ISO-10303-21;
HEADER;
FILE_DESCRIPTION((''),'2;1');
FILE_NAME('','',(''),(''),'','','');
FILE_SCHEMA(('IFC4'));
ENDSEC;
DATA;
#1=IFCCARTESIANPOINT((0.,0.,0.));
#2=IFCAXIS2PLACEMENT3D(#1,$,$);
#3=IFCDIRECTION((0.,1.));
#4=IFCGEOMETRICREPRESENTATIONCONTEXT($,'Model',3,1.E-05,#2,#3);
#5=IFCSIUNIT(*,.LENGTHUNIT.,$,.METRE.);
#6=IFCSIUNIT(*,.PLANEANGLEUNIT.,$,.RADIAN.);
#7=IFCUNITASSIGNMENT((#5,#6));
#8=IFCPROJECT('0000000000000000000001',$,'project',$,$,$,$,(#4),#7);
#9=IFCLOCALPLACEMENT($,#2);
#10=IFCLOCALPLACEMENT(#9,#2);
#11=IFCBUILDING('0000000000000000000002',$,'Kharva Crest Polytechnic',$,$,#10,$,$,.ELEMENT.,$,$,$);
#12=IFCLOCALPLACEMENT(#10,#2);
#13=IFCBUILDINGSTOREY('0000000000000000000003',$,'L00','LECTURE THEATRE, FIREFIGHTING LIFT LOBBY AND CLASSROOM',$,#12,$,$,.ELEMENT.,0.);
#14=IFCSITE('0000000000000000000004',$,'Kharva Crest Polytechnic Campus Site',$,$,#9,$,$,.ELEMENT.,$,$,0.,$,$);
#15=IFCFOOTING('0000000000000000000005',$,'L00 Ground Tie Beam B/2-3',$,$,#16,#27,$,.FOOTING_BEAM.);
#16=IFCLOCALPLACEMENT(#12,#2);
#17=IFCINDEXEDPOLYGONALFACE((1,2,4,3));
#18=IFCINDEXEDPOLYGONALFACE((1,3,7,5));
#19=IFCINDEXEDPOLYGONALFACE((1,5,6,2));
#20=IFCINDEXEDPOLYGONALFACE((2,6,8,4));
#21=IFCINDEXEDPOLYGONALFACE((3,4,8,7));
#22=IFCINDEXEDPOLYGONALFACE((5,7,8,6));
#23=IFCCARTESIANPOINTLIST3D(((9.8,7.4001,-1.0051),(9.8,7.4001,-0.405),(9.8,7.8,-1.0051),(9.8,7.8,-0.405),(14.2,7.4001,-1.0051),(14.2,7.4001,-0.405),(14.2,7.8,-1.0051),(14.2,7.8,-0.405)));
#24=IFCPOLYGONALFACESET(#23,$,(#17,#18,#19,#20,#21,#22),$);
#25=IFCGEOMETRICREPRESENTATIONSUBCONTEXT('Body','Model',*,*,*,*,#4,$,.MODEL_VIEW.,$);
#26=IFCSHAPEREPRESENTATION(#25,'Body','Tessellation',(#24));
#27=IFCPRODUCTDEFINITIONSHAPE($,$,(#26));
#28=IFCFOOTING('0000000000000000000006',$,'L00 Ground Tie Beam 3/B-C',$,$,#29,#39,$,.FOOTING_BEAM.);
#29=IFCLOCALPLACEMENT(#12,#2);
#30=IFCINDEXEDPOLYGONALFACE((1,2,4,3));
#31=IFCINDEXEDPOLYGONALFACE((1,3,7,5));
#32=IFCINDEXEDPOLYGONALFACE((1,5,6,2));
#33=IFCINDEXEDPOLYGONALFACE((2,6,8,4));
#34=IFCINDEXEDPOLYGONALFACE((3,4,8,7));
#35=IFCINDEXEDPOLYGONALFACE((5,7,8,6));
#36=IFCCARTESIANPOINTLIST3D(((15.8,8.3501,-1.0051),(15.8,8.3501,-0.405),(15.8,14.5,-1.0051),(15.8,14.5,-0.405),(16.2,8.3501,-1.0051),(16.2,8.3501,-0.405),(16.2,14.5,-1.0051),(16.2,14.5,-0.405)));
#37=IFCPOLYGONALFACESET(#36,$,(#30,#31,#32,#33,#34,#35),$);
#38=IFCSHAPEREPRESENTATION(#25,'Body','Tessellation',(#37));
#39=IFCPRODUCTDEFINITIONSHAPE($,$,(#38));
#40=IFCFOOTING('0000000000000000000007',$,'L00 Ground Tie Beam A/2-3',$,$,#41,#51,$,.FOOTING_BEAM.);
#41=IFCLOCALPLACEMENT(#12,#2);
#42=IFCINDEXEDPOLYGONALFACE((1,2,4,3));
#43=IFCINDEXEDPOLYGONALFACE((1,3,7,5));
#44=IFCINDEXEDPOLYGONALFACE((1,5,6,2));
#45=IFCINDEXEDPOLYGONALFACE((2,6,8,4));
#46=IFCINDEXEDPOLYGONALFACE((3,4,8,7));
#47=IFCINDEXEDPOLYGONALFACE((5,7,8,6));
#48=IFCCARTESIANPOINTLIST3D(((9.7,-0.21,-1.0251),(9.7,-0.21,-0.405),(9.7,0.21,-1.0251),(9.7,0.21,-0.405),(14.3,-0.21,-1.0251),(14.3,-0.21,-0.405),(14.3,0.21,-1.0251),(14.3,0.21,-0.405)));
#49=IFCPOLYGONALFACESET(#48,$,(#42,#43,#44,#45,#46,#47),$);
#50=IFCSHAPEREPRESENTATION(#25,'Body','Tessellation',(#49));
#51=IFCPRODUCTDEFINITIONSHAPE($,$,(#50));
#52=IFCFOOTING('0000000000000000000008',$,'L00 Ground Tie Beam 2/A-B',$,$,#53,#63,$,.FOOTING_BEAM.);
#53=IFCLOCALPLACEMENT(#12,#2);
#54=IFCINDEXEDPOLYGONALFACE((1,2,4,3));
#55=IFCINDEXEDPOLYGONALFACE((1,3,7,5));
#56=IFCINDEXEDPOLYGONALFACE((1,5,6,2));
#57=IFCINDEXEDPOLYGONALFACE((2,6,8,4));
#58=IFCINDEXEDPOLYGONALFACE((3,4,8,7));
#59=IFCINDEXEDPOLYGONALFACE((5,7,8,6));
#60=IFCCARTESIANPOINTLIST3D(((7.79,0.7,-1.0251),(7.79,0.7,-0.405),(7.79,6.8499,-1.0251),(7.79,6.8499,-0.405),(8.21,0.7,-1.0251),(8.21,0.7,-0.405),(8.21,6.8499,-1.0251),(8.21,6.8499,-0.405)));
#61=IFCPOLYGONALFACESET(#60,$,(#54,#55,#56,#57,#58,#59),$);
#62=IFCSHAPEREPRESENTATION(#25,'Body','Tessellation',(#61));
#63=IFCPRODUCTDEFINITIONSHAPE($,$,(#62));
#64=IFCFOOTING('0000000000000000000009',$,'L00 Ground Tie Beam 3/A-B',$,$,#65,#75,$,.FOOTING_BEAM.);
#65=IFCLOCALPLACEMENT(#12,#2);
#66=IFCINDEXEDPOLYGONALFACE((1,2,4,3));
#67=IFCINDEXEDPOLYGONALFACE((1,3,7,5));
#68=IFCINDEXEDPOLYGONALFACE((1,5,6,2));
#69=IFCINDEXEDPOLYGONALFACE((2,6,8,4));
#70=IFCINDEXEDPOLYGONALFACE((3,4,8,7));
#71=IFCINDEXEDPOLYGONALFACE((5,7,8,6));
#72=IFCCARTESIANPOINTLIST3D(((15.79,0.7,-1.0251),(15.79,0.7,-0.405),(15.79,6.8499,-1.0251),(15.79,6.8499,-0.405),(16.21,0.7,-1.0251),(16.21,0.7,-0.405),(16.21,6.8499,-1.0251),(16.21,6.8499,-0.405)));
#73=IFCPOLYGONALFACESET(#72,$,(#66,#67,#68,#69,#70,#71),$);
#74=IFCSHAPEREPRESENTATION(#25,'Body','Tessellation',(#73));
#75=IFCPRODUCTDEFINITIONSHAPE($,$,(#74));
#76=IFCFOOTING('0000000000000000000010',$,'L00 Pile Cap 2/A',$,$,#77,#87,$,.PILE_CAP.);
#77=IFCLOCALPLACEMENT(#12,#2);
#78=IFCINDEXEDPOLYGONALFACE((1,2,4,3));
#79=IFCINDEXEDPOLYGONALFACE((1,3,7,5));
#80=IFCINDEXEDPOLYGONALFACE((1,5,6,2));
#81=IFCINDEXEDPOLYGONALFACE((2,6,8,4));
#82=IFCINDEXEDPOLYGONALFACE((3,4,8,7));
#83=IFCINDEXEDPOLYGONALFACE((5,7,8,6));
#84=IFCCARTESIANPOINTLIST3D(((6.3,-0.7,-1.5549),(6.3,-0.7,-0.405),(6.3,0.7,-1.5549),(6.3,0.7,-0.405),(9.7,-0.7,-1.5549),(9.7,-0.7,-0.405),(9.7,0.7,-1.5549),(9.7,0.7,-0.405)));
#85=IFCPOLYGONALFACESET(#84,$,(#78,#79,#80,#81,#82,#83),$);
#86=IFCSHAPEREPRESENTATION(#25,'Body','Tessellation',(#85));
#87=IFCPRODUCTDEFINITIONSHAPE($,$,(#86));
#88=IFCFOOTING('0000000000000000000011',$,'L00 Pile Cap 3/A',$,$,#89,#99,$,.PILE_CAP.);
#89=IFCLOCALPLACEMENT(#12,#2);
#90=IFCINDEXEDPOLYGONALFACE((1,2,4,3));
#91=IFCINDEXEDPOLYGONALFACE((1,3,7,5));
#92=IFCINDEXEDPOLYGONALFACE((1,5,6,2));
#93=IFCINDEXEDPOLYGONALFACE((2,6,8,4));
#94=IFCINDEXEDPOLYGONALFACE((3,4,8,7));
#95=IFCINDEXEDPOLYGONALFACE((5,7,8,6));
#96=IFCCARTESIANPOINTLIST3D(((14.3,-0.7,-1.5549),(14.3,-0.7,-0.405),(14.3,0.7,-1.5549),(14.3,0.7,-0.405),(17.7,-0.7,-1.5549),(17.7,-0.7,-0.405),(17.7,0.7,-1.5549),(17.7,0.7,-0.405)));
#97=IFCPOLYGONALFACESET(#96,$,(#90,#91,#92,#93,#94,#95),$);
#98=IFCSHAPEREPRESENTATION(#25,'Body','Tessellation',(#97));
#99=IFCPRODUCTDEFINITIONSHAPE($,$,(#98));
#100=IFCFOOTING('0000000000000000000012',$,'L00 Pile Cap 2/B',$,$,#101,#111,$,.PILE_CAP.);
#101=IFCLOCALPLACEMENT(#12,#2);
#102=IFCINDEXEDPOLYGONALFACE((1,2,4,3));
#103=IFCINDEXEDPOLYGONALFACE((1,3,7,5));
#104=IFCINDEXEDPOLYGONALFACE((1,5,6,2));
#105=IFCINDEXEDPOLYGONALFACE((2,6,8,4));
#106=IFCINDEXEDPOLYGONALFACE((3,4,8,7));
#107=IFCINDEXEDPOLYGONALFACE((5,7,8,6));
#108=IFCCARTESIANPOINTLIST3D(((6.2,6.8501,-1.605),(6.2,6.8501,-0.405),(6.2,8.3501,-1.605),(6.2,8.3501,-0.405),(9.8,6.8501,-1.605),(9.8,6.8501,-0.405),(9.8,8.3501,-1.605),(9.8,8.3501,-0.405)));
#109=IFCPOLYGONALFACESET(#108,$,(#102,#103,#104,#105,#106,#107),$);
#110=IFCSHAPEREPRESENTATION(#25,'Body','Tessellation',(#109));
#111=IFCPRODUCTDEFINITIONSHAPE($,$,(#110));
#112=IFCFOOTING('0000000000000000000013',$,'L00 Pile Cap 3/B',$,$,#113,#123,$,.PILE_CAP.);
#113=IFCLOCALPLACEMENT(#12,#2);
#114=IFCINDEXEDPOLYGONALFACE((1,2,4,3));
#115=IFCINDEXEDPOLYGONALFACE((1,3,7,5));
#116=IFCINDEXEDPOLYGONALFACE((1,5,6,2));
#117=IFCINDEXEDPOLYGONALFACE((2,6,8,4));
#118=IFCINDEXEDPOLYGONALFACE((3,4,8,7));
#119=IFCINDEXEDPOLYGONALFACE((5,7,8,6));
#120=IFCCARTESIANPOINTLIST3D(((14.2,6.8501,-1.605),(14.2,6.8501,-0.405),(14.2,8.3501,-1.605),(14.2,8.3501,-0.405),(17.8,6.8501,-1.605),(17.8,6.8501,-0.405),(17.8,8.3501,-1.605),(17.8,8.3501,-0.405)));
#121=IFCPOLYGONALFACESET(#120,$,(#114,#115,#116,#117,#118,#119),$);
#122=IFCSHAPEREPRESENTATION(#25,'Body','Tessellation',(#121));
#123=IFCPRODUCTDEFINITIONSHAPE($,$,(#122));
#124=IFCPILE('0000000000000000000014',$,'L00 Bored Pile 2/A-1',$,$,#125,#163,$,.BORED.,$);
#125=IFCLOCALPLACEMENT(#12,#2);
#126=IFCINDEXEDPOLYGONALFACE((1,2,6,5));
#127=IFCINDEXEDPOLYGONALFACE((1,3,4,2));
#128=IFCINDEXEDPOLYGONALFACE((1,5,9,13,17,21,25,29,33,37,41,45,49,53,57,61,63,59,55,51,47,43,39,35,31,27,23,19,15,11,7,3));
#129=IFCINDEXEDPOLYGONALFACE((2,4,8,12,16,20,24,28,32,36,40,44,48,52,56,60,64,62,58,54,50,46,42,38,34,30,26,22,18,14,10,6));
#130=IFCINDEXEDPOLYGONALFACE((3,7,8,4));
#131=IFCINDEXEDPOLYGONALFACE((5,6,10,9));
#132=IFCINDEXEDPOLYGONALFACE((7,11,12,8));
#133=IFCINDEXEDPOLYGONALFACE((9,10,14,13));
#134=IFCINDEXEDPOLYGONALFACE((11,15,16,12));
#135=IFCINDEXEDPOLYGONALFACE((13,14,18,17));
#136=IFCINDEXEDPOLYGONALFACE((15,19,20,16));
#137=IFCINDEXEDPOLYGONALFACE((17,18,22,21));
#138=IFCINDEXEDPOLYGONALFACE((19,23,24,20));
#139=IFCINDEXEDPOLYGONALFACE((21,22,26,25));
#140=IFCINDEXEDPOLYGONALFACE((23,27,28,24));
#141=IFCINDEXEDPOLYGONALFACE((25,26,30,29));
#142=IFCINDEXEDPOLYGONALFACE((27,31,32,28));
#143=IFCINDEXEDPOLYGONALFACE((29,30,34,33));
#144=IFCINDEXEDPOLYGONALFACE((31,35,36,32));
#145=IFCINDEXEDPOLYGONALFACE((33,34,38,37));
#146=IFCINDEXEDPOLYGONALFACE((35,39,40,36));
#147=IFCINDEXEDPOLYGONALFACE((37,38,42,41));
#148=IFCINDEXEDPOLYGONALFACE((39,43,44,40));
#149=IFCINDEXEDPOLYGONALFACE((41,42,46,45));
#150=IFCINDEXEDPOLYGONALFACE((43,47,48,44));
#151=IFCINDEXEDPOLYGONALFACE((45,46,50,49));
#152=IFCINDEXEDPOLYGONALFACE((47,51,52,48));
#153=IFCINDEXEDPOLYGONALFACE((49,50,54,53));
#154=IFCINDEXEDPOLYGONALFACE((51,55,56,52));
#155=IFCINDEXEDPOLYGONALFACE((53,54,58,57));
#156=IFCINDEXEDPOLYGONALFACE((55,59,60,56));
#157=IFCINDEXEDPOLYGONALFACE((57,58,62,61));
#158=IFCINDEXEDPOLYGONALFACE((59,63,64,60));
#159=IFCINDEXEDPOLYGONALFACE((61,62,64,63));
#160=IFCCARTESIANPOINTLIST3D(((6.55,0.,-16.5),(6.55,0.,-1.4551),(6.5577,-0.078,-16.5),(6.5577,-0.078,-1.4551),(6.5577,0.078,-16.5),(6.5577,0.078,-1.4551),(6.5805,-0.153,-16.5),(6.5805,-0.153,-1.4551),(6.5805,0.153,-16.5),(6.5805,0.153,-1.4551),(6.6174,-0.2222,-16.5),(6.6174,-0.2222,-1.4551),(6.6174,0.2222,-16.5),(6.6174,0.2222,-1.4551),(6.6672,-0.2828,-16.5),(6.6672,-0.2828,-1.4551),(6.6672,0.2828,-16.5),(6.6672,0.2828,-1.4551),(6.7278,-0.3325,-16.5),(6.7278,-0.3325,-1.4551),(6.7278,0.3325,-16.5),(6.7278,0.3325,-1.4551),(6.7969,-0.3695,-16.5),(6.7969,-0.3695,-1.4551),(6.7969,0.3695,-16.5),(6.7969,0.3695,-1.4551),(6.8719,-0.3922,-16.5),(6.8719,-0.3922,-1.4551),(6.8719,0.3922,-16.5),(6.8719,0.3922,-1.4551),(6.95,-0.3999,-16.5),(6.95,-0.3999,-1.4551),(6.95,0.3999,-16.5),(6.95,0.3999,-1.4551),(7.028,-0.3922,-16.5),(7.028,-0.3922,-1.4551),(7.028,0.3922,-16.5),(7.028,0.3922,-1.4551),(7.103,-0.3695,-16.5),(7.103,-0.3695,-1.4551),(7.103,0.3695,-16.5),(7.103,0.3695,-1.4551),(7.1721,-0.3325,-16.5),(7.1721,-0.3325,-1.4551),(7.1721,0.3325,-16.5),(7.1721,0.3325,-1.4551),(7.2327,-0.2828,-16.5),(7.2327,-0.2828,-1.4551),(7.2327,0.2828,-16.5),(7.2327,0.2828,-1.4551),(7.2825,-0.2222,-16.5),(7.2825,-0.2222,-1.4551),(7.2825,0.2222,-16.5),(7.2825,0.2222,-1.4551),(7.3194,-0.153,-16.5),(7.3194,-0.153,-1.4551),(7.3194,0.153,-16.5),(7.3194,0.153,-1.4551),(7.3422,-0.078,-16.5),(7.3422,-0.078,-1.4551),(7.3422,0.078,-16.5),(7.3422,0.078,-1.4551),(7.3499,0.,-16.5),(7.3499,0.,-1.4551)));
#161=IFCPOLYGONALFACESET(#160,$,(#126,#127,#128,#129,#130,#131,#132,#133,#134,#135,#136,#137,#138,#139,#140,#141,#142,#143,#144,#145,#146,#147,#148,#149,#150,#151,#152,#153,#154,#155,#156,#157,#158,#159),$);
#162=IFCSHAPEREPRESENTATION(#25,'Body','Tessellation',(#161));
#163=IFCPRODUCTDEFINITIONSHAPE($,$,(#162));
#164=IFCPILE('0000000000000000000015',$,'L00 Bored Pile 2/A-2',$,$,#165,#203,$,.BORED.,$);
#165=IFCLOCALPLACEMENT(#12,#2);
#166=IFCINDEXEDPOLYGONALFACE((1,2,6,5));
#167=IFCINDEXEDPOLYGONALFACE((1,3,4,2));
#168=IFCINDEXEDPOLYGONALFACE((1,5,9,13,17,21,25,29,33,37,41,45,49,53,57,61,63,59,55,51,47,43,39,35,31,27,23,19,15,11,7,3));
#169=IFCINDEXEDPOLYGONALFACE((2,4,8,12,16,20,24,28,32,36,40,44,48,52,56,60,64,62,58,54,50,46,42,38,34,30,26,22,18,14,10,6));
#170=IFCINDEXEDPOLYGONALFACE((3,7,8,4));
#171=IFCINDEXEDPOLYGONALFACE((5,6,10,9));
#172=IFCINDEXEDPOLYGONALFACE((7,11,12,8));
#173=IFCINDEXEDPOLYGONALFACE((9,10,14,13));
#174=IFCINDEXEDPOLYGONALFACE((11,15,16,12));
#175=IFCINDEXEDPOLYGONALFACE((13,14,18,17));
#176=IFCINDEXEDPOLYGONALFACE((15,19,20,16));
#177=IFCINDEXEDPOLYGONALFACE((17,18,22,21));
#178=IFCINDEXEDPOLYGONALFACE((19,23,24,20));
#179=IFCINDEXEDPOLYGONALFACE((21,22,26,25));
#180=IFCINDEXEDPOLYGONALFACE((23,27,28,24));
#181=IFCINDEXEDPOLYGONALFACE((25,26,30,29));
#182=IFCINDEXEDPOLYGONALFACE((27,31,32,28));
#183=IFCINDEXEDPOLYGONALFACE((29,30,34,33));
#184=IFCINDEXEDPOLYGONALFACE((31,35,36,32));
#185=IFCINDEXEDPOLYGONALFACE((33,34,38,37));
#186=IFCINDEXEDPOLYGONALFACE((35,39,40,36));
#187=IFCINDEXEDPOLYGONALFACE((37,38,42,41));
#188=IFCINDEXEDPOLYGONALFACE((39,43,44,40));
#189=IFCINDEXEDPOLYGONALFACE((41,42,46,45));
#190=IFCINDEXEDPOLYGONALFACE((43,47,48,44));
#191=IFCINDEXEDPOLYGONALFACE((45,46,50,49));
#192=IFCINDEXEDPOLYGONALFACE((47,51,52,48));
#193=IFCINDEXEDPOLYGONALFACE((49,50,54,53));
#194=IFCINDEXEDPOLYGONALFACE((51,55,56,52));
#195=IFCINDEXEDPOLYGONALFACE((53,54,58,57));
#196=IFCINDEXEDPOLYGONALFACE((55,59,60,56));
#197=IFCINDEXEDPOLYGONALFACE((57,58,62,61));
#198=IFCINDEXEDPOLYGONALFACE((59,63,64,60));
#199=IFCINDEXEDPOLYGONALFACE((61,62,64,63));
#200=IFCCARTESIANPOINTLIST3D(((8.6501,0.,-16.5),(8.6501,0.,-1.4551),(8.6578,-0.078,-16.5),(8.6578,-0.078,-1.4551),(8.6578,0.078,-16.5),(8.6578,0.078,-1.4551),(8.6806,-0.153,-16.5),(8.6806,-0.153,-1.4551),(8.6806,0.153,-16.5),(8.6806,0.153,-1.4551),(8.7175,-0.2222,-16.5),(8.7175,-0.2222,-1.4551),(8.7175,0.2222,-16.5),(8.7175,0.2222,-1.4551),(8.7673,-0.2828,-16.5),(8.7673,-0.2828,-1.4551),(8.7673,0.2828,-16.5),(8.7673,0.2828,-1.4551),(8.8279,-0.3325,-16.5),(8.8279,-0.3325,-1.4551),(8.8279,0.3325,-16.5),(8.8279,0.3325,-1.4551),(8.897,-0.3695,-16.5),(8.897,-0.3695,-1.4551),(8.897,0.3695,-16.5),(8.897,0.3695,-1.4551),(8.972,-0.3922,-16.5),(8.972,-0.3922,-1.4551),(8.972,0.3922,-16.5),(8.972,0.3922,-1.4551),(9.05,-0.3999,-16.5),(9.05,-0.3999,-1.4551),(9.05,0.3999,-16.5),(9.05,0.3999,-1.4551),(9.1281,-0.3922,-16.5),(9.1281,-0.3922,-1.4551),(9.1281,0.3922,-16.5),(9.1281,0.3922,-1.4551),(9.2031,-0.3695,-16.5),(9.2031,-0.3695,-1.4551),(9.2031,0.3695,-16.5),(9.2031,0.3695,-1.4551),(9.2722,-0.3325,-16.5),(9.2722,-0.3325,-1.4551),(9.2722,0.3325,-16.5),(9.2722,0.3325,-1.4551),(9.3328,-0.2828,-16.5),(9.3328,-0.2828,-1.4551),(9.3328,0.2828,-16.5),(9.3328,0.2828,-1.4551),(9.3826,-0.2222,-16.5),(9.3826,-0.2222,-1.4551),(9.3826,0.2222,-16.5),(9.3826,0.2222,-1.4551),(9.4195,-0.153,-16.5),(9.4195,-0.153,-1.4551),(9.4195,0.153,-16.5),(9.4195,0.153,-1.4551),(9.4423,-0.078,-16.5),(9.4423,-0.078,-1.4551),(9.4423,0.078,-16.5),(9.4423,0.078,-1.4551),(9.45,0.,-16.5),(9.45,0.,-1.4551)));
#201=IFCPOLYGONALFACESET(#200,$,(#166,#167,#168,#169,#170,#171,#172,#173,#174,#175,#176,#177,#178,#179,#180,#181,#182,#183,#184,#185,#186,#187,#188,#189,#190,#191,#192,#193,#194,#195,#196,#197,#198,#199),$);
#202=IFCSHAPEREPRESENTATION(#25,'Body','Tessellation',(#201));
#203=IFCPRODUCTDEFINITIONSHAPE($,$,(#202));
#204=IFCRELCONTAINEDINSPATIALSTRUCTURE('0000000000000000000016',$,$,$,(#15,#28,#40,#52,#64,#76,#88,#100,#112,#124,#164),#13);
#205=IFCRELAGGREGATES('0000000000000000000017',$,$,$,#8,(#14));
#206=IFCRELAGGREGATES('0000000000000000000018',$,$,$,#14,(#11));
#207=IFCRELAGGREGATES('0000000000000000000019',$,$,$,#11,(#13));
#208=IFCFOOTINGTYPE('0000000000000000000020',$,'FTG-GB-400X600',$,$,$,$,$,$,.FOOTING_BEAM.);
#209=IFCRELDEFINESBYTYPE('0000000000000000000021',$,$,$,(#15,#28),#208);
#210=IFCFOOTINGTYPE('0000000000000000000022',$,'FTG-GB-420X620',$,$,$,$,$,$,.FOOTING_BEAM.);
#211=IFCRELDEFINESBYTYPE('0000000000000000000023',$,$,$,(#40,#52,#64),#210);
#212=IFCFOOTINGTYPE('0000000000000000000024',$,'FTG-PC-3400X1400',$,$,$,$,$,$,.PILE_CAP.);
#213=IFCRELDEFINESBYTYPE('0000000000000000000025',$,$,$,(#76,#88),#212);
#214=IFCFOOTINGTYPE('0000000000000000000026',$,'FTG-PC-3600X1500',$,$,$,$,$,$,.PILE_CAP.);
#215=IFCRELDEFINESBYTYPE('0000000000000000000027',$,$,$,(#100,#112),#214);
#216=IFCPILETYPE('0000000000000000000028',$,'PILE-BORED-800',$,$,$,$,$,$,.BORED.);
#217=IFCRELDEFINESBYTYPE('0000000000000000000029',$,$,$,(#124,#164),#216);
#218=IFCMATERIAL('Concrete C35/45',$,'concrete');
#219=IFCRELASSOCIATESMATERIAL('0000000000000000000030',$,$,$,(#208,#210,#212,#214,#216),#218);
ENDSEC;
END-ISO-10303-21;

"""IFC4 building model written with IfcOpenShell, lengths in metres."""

from ifc_helpers import new_model, si_unit, direction, frame, origin, origin_2d, place, context, subcontext, project, spatial, rectangle, circle, extrude, material, material_profile, profile_set, type_object, element, save


model = new_model("IFC4")

# Units and contexts
model_context = context("Model", 3, precision=1e-05, world=origin(), true_north=direction((0.0, 1.0)))
body_context = subcontext(model_context, "Body", "Model", "MODEL_VIEW")
ifc_project = project(units=[si_unit("LENGTHUNIT", "METRE"), si_unit("PLANEANGLEUNIT", "RADIAN")], contexts=[model_context])

# Site, building, storey
site_placement = place(None, origin())
site = spatial("IfcSite", under=ifc_project, at=site_placement, Name="Kharva Crest Polytechnic Campus Site", CompositionType="ELEMENT", RefElevation=0.0)
building_placement = place(site_placement, origin())
building = spatial("IfcBuilding", under=site, at=building_placement, Name="Kharva Crest Polytechnic", CompositionType="ELEMENT")
storey_placement = place(building_placement, origin())
storey = spatial("IfcBuildingStorey", under=building, at=storey_placement, Name="L00", Description="LECTURE THEATRE, FIREFIGHTING LIFT LOBBY AND CLASSROOM", CompositionType="ELEMENT", Elevation=0.0)

# Footings
ifc_material_1 = material(Name="Concrete C35/45", Category="concrete")
footing_type_1 = type_object("IfcFootingType", Name="FTG-GB-400X600", PredefinedType="FOOTING_BEAM", material=ifc_material_1)
footing_1_placement = place(storey_placement, frame((12.0, 7.6001, -1.0051), z_axis=(0.0, 0.0, 1.0), x_axis=(1.0, 0.0, 0.0)))
element("IfcFooting", 1, at=footing_1_placement, inside=storey, type_object=footing_type_1, Name="L00 Ground Tie Beam B/2-3", PredefinedType="FOOTING_BEAM", context=body_context, shape_type="SweptSolid", body=[
    extrude(rectangle(XDim=4.3999, YDim=0.3999, at=origin_2d()), origin(), (0.0, 0.0, 1.0), 0.6001),
])
footing_2_placement = place(storey_placement, frame((16.0, 11.425, -1.0051), z_axis=(0.0, 0.0, 1.0), x_axis=(0.0, 1.0, 0.0)))
element("IfcFooting", 2, at=footing_2_placement, inside=storey, type_object=footing_type_1, Name="L00 Ground Tie Beam 3/B-C", PredefinedType="FOOTING_BEAM", context=body_context, shape_type="SweptSolid", body=[
    extrude(rectangle(XDim=6.1499, YDim=0.3999, at=origin_2d()), origin(), (0.0, 0.0, 1.0), 0.6001),
])
footing_type_2 = type_object("IfcFootingType", Name="FTG-GB-420X620", PredefinedType="FOOTING_BEAM", material=ifc_material_1)
footing_3_placement = place(storey_placement, frame((12.0, 0.0, -1.0251), z_axis=(0.0, 0.0, 1.0), x_axis=(1.0, 0.0, 0.0)))
element("IfcFooting", 3, at=footing_3_placement, inside=storey, type_object=footing_type_2, Name="L00 Ground Tie Beam A/2-3", PredefinedType="FOOTING_BEAM", context=body_context, shape_type="SweptSolid", body=[
    extrude(rectangle(XDim=4.6001, YDim=0.4199, at=origin_2d()), origin(), (0.0, 0.0, 1.0), 0.6201),
])
for number, where, z_axis, x_axis, name in (
    (4, (8.0, 3.7749, -1.0251), (0.0, 0.0, 1.0), (0.0, 1.0, 0.0), "L00 Ground Tie Beam 2/A-B"),
    (5, (16.0, 3.7749, -1.0251), (0.0, 0.0, 1.0), (0.0, 1.0, 0.0), "L00 Ground Tie Beam 3/A-B"),
):
    element("IfcFooting", number, at=place(storey_placement, frame(where, z_axis=z_axis, x_axis=x_axis)), inside=storey, type_object=footing_type_2, Name=name, PredefinedType="FOOTING_BEAM", context=body_context, shape_type="SweptSolid", body=[
        extrude(rectangle(XDim=6.1499, YDim=0.4199, at=origin_2d()), origin(), (0.0, 0.0, 1.0), 0.6201),
    ])
footing_type_3 = type_object("IfcFootingType", Name="FTG-PC-3400X1400", PredefinedType="PILE_CAP", material=ifc_material_1)
for number, where, z_axis, x_axis, name in (
    (6, (8.0, 0.0, -1.5549), (0.0, 0.0, 1.0), (1.0, 0.0, 0.0), "L00 Pile Cap 2/A"),
    (7, (16.0, 0.0, -1.5549), (0.0, 0.0, 1.0), (1.0, 0.0, 0.0), "L00 Pile Cap 3/A"),
):
    element("IfcFooting", number, at=place(storey_placement, frame(where, z_axis=z_axis, x_axis=x_axis)), inside=storey, type_object=footing_type_3, Name=name, PredefinedType="PILE_CAP", context=body_context, shape_type="SweptSolid", body=[
        extrude(rectangle(XDim=3.3999, YDim=1.3999, at=origin_2d()), origin(), (0.0, 0.0, 1.0), 1.1499),
    ])
footing_type_4 = type_object("IfcFootingType", Name="FTG-PC-3600X1500", PredefinedType="PILE_CAP", material=ifc_material_1)
for number, where, z_axis, x_axis, name in (
    (8, (8.0, 7.6001, -1.605), (0.0, 0.0, 1.0), (1.0, 0.0, 0.0), "L00 Pile Cap 2/B"),
    (9, (16.0, 7.6001, -1.605), (0.0, 0.0, 1.0), (1.0, 0.0, 0.0), "L00 Pile Cap 3/B"),
):
    element("IfcFooting", number, at=place(storey_placement, frame(where, z_axis=z_axis, x_axis=x_axis)), inside=storey, type_object=footing_type_4, Name=name, PredefinedType="PILE_CAP", context=body_context, shape_type="SweptSolid", body=[
        extrude(rectangle(XDim=3.6001, YDim=1.5, at=origin_2d()), origin(), (0.0, 0.0, 1.0), 1.2),
    ])

# Piles
ifc_material_profile_1 = material_profile(ifc_material_1, circle(Radius=0.3999, at=origin_2d()), Name="DIA 800")
ifc_profile_set_1 = profile_set([ifc_material_profile_1], Name="Concrete C35/45")
pile_type_1 = type_object("IfcPileType", Name="PILE-BORED-800", PredefinedType="BORED", material=ifc_profile_set_1)
for number, where, z_axis, x_axis, name in (
    (10, (6.95, 0.0, -1.4551), (0.0, 0.0, -1.0), (1.0, 0.0, 0.0), "L00 Bored Pile 2/A-1"),
    (11, (9.05, 0.0, -1.4551), (0.0, 0.0, -1.0), (1.0, 0.0, 0.0), "L00 Bored Pile 2/A-2"),
):
    element("IfcPile", number, at=place(storey_placement, frame(where, z_axis=z_axis, x_axis=x_axis)), inside=storey, type_object=pile_type_1, Name=name, PredefinedType="BORED", context=body_context, shape_type="SweptSolid", body=[
        extrude(circle(Radius=0.3999, at=origin_2d()), origin(), (0.0, 0.0, 1.0), 15.0449),
    ])

save(model, "model.ifc")
